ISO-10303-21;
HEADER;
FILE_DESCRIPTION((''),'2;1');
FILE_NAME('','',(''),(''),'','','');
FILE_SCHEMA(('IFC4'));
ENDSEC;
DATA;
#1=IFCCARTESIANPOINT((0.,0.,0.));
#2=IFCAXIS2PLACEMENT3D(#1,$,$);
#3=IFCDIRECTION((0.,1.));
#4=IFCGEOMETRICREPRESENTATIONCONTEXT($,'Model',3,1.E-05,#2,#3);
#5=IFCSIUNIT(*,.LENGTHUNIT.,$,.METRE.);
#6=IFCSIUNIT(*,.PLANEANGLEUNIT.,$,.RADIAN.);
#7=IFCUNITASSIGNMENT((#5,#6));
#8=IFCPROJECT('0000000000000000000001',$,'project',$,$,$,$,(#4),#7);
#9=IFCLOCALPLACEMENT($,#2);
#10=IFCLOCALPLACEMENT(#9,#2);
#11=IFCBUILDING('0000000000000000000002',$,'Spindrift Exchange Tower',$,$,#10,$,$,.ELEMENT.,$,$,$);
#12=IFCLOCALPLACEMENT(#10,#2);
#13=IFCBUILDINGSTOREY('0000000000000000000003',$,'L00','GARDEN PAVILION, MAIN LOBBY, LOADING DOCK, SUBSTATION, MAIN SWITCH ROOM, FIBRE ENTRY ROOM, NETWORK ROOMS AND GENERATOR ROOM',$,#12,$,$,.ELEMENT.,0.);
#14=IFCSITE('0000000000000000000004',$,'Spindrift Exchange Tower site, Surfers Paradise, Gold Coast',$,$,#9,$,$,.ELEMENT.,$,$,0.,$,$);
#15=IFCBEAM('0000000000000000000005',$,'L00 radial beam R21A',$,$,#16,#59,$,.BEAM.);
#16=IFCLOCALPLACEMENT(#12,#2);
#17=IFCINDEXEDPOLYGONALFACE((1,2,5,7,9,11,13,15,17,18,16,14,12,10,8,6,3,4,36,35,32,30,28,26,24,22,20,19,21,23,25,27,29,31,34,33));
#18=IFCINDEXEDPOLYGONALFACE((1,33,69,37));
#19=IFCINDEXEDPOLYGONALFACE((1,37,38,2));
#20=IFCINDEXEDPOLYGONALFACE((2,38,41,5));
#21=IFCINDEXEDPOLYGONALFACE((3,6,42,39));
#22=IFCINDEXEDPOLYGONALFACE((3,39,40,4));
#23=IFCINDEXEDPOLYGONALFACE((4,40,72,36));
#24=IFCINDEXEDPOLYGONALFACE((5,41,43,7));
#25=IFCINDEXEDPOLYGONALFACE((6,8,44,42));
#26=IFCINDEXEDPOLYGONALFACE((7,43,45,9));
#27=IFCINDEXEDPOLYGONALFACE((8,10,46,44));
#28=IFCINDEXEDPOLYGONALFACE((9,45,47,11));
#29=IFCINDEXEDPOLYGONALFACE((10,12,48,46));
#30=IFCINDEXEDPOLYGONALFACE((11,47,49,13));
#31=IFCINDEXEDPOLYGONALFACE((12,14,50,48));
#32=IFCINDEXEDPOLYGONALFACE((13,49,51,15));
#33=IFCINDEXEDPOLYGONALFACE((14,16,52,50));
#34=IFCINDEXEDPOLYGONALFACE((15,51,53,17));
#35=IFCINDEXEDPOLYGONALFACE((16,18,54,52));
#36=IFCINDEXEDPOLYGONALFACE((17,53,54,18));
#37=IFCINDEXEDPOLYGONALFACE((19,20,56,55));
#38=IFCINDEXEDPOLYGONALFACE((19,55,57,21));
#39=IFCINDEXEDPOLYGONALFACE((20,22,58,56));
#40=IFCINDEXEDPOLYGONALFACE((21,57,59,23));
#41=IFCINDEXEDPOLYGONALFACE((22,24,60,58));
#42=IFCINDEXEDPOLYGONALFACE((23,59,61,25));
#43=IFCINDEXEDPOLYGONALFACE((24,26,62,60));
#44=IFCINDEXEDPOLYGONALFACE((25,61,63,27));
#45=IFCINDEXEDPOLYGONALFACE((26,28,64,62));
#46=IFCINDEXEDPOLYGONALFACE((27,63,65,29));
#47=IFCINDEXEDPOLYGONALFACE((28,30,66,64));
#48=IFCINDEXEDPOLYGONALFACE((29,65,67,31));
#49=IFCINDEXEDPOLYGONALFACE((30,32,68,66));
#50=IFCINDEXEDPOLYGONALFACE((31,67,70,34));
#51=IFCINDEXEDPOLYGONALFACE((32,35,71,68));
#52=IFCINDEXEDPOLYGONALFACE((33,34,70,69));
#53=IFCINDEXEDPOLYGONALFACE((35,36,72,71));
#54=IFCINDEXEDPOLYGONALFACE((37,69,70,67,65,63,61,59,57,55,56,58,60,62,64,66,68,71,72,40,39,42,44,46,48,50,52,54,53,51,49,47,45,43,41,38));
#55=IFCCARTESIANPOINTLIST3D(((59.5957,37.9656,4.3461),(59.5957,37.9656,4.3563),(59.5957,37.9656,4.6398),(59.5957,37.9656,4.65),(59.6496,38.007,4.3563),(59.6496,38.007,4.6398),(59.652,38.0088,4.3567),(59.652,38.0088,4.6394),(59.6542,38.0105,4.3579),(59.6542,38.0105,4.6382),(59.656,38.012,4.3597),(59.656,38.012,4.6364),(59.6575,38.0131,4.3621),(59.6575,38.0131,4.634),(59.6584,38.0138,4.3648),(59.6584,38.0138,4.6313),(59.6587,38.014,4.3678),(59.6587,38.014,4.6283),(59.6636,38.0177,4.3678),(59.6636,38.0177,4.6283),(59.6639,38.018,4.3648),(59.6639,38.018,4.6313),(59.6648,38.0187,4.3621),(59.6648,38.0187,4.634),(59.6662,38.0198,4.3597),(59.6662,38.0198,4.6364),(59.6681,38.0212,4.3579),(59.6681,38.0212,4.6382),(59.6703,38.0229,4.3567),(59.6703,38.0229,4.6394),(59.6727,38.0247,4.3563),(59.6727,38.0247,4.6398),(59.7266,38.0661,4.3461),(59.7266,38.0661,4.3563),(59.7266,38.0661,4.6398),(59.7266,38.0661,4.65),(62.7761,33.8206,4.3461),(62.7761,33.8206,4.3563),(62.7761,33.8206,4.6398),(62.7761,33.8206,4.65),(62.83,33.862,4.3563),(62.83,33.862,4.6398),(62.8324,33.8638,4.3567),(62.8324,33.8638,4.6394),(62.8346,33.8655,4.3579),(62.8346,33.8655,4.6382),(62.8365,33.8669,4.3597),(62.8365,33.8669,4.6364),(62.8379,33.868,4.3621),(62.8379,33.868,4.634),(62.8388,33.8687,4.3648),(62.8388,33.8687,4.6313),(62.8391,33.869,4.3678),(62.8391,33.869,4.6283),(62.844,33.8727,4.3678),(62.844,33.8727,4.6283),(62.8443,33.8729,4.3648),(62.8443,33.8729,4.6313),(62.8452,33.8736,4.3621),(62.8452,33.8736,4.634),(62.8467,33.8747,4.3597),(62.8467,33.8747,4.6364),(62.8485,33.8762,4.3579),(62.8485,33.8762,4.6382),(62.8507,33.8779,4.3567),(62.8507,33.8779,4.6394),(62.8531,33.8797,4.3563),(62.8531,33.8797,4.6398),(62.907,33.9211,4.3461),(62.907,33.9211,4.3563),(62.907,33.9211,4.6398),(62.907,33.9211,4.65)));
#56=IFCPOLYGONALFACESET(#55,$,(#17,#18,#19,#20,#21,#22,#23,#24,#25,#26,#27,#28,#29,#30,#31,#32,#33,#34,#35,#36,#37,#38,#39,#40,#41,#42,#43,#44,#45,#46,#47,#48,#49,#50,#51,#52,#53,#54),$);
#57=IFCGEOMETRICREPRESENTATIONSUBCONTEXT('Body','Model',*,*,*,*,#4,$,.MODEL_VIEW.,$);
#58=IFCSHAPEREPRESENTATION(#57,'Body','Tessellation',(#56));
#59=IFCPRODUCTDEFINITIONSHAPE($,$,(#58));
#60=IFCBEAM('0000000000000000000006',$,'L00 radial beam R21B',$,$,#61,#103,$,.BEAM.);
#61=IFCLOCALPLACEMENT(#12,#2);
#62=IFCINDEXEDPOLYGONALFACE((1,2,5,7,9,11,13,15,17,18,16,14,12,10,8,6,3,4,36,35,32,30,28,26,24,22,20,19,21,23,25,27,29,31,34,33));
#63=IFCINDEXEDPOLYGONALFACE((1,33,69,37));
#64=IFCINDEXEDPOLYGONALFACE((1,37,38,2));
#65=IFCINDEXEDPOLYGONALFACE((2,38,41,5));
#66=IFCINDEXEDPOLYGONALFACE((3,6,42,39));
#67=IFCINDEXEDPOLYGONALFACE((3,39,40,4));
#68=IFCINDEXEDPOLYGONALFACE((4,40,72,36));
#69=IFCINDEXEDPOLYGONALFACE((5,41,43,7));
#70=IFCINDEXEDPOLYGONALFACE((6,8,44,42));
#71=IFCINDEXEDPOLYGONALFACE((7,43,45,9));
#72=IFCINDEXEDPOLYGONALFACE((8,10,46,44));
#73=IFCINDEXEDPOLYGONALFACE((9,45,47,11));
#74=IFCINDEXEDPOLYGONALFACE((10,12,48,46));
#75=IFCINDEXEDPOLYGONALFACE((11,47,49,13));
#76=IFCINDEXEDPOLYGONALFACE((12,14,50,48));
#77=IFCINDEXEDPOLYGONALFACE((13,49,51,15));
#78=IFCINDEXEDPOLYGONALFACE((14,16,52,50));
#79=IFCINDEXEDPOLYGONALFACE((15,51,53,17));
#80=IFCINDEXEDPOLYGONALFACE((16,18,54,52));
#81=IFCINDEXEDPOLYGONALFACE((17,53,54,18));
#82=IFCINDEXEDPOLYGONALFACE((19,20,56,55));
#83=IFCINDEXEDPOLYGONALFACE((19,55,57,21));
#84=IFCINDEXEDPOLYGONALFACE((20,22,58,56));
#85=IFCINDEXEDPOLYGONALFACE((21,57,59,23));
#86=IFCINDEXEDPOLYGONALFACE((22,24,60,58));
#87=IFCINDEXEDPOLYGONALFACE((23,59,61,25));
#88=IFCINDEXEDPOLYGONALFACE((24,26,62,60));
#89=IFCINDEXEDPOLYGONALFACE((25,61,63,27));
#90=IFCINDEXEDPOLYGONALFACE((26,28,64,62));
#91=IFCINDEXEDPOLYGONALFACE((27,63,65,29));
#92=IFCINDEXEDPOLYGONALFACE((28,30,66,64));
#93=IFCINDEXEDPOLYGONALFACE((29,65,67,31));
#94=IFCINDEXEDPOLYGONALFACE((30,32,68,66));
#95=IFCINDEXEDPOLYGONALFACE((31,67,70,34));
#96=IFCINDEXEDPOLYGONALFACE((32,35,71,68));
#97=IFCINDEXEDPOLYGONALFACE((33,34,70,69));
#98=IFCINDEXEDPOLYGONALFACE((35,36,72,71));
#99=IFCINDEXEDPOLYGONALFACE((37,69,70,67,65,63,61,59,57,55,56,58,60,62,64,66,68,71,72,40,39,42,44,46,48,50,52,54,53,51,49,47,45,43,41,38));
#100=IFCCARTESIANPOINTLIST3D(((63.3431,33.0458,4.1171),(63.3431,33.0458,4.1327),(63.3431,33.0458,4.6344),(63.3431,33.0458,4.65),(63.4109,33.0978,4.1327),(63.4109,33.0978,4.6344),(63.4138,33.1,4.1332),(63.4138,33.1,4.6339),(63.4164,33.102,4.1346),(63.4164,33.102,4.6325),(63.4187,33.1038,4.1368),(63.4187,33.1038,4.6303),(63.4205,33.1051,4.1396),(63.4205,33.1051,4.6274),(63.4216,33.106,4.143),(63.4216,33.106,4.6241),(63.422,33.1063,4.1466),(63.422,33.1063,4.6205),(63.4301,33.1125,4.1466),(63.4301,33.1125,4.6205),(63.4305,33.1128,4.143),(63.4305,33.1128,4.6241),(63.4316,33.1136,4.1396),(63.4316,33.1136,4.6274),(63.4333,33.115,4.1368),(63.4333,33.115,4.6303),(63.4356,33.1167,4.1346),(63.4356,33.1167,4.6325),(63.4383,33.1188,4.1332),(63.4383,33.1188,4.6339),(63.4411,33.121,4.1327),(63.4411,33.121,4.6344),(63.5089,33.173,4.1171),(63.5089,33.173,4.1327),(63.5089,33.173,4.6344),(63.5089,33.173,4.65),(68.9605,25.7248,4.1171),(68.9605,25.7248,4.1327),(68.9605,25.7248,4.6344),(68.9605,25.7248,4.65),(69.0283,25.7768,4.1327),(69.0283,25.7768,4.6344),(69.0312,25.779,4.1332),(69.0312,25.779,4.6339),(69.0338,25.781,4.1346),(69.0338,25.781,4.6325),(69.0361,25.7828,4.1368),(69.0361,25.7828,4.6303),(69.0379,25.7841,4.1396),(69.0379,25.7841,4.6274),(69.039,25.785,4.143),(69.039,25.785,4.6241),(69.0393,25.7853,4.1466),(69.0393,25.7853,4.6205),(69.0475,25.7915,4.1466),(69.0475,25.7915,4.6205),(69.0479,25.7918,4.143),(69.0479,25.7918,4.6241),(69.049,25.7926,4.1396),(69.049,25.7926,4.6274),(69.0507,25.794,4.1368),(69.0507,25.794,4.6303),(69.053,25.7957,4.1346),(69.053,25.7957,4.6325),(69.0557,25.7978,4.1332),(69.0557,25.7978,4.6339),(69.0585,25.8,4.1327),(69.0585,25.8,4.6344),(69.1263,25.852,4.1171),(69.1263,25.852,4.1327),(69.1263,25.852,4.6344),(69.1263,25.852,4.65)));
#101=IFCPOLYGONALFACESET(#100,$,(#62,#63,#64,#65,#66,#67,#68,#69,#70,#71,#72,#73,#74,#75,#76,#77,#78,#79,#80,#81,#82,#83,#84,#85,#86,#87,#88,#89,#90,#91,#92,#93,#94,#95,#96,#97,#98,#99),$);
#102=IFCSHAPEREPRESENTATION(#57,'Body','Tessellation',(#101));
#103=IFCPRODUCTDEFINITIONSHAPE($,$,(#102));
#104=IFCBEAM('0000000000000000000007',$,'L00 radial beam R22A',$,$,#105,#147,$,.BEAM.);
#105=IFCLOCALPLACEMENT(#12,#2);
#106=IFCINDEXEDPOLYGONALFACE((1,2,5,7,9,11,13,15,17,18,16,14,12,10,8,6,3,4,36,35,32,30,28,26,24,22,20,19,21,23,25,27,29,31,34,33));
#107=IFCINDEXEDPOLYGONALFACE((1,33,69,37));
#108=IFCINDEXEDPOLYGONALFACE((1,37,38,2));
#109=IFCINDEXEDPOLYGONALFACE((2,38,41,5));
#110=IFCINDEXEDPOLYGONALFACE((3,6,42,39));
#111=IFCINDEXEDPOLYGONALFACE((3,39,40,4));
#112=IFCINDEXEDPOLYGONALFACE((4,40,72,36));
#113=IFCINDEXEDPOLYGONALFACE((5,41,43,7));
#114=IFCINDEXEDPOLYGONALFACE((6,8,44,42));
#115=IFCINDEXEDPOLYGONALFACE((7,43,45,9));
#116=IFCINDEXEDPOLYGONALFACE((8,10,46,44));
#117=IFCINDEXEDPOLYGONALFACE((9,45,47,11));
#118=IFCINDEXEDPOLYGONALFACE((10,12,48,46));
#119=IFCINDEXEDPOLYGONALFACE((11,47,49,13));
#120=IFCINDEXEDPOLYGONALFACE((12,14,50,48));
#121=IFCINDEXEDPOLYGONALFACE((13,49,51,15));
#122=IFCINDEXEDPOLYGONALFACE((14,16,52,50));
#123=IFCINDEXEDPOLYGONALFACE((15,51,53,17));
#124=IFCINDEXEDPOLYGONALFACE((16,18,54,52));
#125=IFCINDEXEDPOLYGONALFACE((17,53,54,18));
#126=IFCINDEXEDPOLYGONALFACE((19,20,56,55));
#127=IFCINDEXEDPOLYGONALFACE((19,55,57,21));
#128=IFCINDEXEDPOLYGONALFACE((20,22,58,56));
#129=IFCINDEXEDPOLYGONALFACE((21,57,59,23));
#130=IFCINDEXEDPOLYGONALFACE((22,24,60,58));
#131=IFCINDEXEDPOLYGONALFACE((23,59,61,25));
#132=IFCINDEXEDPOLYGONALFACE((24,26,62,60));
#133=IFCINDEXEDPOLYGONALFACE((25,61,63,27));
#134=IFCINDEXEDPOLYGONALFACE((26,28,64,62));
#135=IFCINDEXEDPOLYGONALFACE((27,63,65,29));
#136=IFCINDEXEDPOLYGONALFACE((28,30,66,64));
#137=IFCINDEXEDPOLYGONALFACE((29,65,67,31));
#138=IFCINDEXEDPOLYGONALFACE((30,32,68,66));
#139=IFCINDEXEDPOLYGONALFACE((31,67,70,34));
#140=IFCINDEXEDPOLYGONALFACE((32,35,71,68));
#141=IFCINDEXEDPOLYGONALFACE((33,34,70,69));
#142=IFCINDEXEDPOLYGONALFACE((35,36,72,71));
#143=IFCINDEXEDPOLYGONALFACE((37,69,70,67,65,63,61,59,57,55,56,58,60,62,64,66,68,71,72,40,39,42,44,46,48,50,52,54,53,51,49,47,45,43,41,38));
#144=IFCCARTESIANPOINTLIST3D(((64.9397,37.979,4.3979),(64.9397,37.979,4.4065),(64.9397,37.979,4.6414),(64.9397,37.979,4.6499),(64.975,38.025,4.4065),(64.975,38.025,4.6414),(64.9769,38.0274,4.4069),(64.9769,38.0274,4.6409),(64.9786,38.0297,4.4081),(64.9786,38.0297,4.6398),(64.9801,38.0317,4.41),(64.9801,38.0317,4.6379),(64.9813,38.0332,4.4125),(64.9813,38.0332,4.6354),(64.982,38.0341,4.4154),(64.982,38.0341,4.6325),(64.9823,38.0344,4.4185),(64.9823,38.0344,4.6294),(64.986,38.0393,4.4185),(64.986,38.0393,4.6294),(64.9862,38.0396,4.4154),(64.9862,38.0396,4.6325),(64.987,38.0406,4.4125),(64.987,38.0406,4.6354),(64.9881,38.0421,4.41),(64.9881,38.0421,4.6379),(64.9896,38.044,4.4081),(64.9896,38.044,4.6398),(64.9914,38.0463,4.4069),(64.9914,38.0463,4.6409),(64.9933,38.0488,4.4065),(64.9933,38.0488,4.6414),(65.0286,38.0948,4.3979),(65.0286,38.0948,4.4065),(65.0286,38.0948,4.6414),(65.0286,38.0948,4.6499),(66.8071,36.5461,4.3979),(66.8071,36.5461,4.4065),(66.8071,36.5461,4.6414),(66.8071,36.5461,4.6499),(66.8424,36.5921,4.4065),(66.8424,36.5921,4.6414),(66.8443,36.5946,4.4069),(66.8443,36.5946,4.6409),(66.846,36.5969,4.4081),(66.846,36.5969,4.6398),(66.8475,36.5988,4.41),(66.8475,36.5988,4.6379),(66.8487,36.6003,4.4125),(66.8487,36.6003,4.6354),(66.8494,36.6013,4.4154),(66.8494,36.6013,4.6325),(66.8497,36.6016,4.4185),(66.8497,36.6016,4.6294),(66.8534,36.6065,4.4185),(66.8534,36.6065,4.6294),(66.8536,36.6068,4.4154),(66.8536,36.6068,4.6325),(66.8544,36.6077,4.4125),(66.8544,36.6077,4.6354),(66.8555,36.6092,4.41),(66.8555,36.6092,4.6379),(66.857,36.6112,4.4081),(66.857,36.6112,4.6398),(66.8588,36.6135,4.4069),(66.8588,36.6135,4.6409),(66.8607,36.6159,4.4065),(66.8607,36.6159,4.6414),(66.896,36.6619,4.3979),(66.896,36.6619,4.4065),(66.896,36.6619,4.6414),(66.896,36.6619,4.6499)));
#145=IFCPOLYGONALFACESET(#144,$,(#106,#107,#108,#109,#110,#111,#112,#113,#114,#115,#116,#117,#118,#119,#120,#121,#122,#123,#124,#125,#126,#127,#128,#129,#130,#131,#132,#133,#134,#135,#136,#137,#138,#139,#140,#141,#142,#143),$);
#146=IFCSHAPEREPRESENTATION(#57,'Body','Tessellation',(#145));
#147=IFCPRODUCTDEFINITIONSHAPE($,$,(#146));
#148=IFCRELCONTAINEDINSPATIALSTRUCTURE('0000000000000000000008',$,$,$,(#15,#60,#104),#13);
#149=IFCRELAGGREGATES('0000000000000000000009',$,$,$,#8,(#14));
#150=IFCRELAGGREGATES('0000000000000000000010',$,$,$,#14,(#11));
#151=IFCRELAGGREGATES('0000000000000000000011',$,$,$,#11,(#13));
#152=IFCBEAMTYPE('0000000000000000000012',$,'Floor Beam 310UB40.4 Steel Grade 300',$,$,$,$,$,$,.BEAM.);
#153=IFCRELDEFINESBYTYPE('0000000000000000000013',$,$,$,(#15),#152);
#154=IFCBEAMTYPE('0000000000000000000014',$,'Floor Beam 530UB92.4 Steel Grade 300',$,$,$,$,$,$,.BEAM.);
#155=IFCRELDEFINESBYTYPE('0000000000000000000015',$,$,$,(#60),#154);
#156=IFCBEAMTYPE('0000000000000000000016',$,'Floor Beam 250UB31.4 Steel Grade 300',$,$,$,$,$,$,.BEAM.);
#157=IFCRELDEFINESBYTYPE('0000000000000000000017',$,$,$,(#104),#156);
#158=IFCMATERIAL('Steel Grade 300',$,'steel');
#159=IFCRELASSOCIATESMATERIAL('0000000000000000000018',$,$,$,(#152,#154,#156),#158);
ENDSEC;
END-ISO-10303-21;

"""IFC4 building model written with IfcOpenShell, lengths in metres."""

from ifc_helpers import new_model, si_unit, direction, frame, origin, origin_2d, place, context, subcontext, project, spatial, i_section, extrude, source, transform, mapped, material, material_profile, profile_set, type_object, element, save


model = new_model("IFC4")

# Units and contexts
model_context = context("Model", 3, precision=1e-05, world=origin(), true_north=direction((0.0, 1.0)))
body_context = subcontext(model_context, "Body", "Model", "MODEL_VIEW")
ifc_project = project(units=[si_unit("LENGTHUNIT", "METRE"), si_unit("PLANEANGLEUNIT", "RADIAN")], contexts=[model_context])

# Site, building, storey
site_placement = place(None, origin())
site = spatial("IfcSite", under=ifc_project, at=site_placement, Name="Spindrift Exchange Tower site, Surfers Paradise, Gold Coast", CompositionType="ELEMENT", RefElevation=0.0)
building_placement = place(site_placement, origin())
building = spatial("IfcBuilding", under=site, at=building_placement, Name="Spindrift Exchange Tower", CompositionType="ELEMENT")
storey_placement = place(building_placement, origin())
storey = spatial("IfcBuildingStorey", under=building, at=storey_placement, Name="L00", Description="GARDEN PAVILION, MAIN LOBBY, LOADING DOCK, SUBSTATION, MAIN SWITCH ROOM, FIBRE ENTRY ROOM, NETWORK ROOMS AND GENERATOR ROOM", CompositionType="ELEMENT", Elevation=0.0)

# Beams
ifc_material_1 = material(Name="Steel Grade 300", Category="steel")
ifc_material_profile_1 = material_profile(ifc_material_1, i_section(OverallWidth=0.165, OverallDepth=0.304, WebThickness=0.0061, FlangeThickness=0.0103, FilletRadius=0.0115, at=origin_2d()), Name="310UB40.4")
ifc_profile_set_1 = profile_set([ifc_material_profile_1], Name="Steel Grade 300")
beam_type_1 = type_object("IfcBeamType", Name="Floor Beam 310UB40.4 Steel Grade 300", PredefinedType="BEAM", material=ifc_profile_set_1)
shared_shape_1 = source(origin(), body_context, "Body", "SweptSolid", [
    extrude(i_section(OverallWidth=0.165, OverallDepth=0.304, WebThickness=0.0061, FlangeThickness=0.0103, FilletRadius=0.0115, at=origin_2d()), origin(), (0.0, 0.0, 1.0), 5.2246),
])
beam_1_placement = place(storey_placement, frame((59.6611, 38.0159, 4.498), z_axis=(0.608741, -0.793369, 0.0), x_axis=(0.793369, 0.608741, 0.0)))
element("IfcBeam", 1, at=beam_1_placement, inside=storey, type_object=beam_type_1, Name="L00 radial beam R21A", PredefinedType="BEAM", context=body_context, shape_type="MappedRepresentation", body=[
    mapped(shared_shape_1, transform((0.0, 0.0, 0.0), scale=1.0)),
])
ifc_material_profile_2 = material_profile(ifc_material_1, i_section(OverallWidth=0.209, OverallDepth=0.533, WebThickness=0.0103, FlangeThickness=0.0156, FilletRadius=0.0139, at=origin_2d()), Name="530UB92.4")
ifc_profile_set_2 = profile_set([ifc_material_profile_2], Name="Steel Grade 300")
beam_type_2 = type_object("IfcBeamType", Name="Floor Beam 530UB92.4 Steel Grade 300", PredefinedType="BEAM", material=ifc_profile_set_2)
shared_shape_2 = source(origin(), body_context, "Body", "SweptSolid", [
    extrude(i_section(OverallWidth=0.209, OverallDepth=0.533, WebThickness=0.0103, FlangeThickness=0.0156, FilletRadius=0.0139, at=origin_2d()), origin(), (0.0, 0.0, 1.0), 9.2278),
])
beam_2_placement = place(storey_placement, frame((63.426, 33.1094, 4.3835), z_axis=(0.608748, -0.793364, 0.0), x_axis=(0.793364, 0.608748, 0.0)))
element("IfcBeam", 2, at=beam_2_placement, inside=storey, type_object=beam_type_2, Name="L00 radial beam R21B", PredefinedType="BEAM", context=body_context, shape_type="MappedRepresentation", body=[
    mapped(shared_shape_2, transform((0.0, 0.0, 0.0), scale=1.0)),
])
ifc_material_profile_3 = material_profile(ifc_material_1, i_section(OverallWidth=0.146, OverallDepth=0.252, WebThickness=0.0061, FlangeThickness=0.0085, FilletRadius=0.012, at=origin_2d()), Name="250UB31.4")
ifc_profile_set_3 = profile_set([ifc_material_profile_3], Name="Steel Grade 300")
beam_type_3 = type_object("IfcBeamType", Name="Floor Beam 250UB31.4 Steel Grade 300", PredefinedType="BEAM", material=ifc_profile_set_3)
shared_shape_3 = source(origin(), body_context, "Body", "SweptSolid", [
    extrude(i_section(OverallWidth=0.146, OverallDepth=0.252, WebThickness=0.0061, FlangeThickness=0.0085, FilletRadius=0.012, at=origin_2d()), origin(), (0.0, 0.0, 1.0), 2.3538),
])
beam_3_placement = place(storey_placement, frame((64.9841, 38.0369, 4.5239), z_axis=(0.793368, -0.608743, 0.0), x_axis=(0.608743, 0.793368, 0.0)))
element("IfcBeam", 3, at=beam_3_placement, inside=storey, type_object=beam_type_3, Name="L00 radial beam R22A", PredefinedType="BEAM", context=body_context, shape_type="MappedRepresentation", body=[
    mapped(shared_shape_3, transform((0.0, 0.0, 0.0), scale=1.0)),
])

save(model, "model.ifc")
